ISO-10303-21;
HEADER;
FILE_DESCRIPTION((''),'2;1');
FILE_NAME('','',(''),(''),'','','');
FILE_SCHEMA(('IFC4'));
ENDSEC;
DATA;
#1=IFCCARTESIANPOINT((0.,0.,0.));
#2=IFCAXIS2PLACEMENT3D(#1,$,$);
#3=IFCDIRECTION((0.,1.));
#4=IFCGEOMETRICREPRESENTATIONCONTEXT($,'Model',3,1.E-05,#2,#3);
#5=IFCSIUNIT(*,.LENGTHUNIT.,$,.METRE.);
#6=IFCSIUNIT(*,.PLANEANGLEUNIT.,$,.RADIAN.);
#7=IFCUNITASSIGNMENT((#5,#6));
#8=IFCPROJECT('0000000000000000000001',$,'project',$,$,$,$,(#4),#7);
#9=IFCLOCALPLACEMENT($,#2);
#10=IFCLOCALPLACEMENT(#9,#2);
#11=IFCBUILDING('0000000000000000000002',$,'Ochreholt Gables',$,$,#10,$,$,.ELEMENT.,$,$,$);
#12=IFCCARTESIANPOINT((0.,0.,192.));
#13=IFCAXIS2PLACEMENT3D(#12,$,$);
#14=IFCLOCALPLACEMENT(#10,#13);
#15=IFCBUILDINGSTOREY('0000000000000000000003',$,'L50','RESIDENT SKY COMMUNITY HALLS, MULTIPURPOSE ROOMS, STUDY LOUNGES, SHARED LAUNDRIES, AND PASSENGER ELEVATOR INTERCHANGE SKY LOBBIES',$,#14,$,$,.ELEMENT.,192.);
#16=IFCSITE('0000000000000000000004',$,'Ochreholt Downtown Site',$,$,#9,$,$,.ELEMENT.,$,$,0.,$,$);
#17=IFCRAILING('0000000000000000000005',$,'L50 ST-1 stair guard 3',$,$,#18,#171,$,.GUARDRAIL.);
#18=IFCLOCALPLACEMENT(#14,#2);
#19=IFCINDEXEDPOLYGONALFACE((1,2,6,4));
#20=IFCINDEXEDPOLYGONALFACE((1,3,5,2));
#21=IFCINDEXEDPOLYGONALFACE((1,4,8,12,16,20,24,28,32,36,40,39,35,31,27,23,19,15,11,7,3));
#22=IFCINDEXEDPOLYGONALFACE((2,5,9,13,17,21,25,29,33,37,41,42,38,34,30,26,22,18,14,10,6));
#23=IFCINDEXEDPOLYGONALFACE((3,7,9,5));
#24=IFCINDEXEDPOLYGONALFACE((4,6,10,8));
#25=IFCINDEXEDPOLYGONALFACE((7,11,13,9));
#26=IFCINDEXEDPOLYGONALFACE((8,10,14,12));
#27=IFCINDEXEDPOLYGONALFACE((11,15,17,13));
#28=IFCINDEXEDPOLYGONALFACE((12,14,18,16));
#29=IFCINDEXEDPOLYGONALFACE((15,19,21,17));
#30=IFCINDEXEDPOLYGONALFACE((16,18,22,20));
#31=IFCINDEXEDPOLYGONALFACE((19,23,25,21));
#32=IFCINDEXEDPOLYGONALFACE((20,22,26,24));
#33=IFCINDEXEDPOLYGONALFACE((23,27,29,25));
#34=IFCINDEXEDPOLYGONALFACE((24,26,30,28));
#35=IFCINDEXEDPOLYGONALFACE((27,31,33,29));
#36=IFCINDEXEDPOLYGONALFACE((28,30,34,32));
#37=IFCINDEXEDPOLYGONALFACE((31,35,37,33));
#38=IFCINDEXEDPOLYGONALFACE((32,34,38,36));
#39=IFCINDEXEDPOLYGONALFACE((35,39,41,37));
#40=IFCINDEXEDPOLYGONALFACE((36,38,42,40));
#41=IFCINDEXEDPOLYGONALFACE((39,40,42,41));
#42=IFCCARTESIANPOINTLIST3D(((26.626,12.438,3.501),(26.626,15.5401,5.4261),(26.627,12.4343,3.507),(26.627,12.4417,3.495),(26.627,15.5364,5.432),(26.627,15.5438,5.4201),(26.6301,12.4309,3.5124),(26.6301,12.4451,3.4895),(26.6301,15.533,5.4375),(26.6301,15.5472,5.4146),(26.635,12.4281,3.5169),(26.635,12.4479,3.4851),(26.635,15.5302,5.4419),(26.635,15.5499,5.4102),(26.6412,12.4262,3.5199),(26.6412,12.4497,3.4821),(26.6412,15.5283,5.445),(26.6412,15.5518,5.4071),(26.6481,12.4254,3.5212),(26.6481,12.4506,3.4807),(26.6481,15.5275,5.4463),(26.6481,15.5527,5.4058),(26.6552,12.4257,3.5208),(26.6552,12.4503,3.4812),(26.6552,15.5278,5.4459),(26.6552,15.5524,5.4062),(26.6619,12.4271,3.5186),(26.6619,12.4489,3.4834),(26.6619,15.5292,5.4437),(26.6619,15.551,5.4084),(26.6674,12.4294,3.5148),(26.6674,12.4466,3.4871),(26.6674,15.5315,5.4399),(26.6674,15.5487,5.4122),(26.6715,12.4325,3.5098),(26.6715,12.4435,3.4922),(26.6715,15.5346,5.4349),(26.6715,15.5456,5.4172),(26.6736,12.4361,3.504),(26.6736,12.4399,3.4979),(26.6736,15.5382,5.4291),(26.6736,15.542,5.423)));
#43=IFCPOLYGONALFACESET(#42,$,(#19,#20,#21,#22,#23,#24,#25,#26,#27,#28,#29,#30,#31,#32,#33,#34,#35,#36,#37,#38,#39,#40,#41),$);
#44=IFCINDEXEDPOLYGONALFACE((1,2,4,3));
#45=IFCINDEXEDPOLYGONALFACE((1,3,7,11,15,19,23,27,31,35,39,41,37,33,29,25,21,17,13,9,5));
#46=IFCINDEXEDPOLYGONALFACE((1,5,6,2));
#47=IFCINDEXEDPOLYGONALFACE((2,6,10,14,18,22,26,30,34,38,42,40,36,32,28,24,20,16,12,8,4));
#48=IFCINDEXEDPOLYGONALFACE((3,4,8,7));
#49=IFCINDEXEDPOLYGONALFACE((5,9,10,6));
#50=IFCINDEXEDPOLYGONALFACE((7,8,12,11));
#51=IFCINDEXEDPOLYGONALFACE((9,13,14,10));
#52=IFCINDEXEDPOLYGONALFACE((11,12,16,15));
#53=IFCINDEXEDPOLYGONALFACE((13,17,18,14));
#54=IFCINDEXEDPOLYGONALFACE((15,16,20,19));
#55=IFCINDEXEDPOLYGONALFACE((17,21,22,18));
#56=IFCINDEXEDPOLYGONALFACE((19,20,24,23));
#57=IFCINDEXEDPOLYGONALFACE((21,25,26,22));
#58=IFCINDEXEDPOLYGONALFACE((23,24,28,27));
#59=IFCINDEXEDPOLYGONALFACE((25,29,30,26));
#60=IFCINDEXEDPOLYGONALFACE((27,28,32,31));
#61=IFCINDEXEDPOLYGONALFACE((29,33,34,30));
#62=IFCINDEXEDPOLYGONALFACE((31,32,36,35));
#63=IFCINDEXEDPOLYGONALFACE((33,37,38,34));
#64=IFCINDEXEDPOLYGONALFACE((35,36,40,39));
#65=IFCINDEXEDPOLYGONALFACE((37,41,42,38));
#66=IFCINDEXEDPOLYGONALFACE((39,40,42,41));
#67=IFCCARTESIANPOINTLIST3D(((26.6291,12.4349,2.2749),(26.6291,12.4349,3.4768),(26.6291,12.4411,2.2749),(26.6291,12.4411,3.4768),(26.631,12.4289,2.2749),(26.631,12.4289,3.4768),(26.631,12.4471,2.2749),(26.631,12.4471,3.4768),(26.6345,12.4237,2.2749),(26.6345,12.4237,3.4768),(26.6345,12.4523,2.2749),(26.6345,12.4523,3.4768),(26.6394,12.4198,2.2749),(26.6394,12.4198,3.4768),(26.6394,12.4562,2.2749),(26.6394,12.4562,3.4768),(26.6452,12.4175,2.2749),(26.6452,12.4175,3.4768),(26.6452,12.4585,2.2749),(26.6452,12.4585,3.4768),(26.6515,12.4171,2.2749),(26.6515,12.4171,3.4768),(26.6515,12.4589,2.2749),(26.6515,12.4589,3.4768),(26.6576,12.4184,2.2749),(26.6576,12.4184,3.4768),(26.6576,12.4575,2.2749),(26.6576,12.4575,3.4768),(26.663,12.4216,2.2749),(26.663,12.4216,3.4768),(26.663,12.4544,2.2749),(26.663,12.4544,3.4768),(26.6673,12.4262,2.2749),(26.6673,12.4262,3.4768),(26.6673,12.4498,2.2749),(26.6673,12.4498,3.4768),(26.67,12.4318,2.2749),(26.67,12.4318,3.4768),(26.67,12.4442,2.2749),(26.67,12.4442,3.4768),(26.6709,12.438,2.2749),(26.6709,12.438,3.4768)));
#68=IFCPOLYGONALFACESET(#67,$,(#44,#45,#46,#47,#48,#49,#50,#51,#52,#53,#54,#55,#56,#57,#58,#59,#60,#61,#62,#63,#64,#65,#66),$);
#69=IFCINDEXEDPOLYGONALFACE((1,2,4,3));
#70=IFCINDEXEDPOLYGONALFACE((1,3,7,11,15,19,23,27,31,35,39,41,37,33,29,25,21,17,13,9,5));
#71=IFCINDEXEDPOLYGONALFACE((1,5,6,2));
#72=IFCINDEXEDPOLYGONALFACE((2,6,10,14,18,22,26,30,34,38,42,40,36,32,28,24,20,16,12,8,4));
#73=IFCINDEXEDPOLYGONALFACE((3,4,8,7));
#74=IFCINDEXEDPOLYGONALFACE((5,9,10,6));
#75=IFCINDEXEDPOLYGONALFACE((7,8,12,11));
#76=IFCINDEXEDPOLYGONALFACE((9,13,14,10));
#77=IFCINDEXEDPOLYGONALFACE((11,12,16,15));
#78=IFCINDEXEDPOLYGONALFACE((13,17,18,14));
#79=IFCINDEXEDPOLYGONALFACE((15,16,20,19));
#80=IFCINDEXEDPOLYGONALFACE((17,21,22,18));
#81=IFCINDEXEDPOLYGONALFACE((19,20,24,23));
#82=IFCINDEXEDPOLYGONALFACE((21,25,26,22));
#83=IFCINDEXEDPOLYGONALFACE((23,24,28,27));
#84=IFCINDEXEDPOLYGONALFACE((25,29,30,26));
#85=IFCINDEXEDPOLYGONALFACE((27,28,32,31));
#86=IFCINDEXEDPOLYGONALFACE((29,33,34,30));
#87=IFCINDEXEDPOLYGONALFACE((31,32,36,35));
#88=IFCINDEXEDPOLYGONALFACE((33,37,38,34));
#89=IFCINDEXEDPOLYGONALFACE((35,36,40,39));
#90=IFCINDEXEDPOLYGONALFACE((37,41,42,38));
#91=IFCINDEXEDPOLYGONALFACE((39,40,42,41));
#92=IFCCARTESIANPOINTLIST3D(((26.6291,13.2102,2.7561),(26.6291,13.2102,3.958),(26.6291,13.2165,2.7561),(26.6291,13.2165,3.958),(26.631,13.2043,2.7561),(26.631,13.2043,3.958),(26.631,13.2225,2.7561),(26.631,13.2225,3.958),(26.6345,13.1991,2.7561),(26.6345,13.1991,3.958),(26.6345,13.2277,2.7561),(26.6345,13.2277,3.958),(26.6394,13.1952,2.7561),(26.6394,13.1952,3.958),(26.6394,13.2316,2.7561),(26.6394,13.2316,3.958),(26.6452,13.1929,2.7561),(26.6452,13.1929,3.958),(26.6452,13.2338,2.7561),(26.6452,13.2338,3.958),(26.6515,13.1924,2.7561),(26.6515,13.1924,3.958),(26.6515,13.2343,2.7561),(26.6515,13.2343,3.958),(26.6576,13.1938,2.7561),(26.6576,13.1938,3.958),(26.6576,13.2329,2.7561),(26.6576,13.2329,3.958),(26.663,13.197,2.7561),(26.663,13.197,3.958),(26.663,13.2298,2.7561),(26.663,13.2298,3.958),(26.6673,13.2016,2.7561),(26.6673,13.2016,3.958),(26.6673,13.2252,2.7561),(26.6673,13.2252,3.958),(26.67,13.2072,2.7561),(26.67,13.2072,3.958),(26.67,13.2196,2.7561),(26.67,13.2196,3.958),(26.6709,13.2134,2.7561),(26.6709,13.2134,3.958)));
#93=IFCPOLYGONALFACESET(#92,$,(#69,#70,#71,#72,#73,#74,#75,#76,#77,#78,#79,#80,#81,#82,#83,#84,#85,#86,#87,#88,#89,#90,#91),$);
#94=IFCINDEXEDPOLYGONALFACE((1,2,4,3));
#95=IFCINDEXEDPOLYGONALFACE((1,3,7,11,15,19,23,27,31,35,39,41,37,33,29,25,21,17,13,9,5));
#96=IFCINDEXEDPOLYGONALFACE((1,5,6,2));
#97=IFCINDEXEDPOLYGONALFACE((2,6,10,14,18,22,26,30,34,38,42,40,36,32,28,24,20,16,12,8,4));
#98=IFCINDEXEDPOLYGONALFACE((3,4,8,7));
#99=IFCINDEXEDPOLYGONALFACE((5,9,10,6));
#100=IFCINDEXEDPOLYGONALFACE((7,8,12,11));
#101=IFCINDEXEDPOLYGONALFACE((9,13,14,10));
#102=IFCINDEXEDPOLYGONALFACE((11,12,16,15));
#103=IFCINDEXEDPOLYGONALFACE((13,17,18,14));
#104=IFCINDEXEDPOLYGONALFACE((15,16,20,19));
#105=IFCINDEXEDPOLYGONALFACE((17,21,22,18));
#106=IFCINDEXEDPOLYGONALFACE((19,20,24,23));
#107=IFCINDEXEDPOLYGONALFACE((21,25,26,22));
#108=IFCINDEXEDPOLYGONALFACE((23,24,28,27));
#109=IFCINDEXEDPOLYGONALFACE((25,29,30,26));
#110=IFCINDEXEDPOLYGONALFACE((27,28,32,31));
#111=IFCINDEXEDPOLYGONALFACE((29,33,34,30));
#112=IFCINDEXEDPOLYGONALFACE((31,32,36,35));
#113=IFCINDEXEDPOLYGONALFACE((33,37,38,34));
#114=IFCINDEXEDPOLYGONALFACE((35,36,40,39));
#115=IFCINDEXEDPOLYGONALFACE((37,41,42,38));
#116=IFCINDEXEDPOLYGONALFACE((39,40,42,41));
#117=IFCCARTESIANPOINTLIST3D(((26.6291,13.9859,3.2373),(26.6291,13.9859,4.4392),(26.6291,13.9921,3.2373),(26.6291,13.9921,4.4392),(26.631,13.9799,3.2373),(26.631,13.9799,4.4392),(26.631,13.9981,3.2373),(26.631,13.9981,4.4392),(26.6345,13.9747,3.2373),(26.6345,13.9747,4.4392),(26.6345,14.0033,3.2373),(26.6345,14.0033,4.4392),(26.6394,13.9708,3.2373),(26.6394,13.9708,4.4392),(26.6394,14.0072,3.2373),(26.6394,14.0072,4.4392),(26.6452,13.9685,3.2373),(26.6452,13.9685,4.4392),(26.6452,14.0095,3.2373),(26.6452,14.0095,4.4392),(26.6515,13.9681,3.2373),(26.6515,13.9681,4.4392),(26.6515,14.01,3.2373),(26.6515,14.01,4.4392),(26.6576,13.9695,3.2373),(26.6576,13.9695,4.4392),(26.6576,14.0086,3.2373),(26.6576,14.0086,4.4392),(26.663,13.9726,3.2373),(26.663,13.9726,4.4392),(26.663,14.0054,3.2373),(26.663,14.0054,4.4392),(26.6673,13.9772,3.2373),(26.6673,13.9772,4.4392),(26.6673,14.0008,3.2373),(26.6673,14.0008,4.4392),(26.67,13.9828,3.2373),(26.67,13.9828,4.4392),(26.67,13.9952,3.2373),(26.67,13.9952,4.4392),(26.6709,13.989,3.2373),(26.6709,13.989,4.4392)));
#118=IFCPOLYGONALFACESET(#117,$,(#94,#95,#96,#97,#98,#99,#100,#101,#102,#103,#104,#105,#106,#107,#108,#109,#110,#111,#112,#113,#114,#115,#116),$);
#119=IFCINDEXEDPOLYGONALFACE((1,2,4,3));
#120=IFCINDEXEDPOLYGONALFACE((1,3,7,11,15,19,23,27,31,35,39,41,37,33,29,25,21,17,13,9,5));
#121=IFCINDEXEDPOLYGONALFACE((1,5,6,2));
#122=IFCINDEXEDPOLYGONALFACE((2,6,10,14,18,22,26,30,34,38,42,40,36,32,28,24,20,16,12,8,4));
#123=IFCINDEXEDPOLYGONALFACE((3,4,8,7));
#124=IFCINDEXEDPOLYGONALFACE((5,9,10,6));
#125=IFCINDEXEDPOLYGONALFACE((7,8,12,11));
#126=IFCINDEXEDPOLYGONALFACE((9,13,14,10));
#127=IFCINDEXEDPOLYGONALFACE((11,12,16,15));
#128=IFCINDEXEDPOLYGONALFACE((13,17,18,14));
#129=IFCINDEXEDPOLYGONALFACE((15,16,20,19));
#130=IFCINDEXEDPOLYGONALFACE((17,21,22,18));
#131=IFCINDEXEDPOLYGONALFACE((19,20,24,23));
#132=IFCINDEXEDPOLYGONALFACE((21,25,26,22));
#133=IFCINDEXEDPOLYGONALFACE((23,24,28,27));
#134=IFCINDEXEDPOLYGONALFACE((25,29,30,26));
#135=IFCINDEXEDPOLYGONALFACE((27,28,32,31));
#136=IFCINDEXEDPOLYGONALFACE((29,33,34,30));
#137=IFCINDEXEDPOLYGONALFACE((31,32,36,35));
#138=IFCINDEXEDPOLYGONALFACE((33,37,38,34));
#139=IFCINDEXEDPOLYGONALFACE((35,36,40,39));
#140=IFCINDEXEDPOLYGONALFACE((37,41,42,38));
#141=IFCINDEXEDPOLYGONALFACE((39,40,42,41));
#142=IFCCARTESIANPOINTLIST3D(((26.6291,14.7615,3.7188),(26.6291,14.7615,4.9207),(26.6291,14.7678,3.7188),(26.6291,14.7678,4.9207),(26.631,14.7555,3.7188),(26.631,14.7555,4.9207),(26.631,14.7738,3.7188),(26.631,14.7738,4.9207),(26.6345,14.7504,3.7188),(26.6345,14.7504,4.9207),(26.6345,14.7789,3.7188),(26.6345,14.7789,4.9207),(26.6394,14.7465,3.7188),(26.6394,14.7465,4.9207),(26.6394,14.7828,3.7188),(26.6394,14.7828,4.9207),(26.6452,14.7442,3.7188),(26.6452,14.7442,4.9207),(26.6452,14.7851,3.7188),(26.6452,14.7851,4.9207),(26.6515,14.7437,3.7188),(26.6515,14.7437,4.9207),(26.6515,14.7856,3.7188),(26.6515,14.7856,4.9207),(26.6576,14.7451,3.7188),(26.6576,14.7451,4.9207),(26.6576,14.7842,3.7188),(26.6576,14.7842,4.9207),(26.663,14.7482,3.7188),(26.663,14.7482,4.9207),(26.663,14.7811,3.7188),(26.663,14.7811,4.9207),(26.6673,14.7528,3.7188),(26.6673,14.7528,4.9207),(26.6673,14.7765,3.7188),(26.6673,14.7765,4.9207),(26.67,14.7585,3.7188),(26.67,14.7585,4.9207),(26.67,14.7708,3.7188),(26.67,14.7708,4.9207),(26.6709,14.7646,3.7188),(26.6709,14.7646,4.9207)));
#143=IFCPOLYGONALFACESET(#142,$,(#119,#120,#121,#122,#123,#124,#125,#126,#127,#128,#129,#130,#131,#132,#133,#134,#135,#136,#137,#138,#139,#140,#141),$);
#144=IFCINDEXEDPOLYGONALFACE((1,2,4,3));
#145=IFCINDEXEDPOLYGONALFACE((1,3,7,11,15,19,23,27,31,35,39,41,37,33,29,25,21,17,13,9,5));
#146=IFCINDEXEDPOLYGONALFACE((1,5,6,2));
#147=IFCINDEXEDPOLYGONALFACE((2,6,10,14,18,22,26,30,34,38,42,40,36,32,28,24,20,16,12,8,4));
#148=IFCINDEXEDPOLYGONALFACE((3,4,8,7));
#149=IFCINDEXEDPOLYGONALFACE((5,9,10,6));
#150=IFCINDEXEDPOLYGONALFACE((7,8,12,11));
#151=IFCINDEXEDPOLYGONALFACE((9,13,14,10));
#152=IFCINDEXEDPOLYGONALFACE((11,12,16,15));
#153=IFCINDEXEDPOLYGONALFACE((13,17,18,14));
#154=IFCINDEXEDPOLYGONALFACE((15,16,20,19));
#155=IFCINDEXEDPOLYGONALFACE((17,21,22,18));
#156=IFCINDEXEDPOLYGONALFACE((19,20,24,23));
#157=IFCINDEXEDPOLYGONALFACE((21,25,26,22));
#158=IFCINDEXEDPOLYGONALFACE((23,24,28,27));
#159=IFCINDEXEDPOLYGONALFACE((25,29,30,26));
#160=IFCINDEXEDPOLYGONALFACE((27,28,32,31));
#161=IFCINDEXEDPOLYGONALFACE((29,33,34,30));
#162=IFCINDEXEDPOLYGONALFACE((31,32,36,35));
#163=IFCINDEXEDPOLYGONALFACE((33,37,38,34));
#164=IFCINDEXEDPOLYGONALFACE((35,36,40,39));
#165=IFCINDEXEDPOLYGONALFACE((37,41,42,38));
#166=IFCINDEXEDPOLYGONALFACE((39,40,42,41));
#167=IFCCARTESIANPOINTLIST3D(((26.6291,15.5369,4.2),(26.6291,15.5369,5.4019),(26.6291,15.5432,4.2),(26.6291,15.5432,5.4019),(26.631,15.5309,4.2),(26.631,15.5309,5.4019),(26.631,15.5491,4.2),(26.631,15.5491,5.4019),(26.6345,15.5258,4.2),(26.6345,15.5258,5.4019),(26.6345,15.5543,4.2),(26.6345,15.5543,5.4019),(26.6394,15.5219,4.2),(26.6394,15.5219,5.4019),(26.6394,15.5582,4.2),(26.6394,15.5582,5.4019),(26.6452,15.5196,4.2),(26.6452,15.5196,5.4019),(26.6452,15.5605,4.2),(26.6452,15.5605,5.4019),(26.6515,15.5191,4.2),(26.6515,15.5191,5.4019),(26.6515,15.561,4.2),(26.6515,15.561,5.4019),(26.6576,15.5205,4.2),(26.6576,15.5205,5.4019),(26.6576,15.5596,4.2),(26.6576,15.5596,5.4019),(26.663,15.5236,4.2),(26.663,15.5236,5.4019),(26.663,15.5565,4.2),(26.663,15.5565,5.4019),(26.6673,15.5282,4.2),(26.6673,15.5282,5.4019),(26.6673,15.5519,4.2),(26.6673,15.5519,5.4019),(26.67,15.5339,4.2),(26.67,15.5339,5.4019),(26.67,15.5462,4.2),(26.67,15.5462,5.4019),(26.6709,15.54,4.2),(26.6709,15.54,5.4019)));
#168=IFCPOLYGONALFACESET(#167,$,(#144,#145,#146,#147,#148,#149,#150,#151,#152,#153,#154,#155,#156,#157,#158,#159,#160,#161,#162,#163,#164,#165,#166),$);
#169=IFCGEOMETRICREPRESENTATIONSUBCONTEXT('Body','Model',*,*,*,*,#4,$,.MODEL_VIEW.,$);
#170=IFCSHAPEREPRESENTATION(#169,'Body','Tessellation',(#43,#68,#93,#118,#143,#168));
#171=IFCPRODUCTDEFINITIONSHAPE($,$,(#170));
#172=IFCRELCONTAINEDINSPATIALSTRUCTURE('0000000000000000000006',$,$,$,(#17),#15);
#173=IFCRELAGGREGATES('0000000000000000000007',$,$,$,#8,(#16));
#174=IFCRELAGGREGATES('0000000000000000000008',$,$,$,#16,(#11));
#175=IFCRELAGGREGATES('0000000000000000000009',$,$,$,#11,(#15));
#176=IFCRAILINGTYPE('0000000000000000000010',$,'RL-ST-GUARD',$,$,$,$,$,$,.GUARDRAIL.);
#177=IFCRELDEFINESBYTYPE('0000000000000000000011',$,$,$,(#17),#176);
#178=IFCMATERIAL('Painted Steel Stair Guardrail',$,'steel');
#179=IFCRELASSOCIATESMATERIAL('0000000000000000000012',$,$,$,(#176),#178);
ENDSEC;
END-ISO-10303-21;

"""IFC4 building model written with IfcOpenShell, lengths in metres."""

from ifc_helpers import new_model, si_unit, direction, frame, origin, origin_2d, place, context, subcontext, project, spatial, circle, extrude, material, type_object, element, save


model = new_model("IFC4")

# Units and contexts
model_context = context("Model", 3, precision=1e-05, world=origin(), true_north=direction((0.0, 1.0)))
body_context = subcontext(model_context, "Body", "Model", "MODEL_VIEW")
ifc_project = project(units=[si_unit("LENGTHUNIT", "METRE"), si_unit("PLANEANGLEUNIT", "RADIAN")], contexts=[model_context])

# Site, building, storey
site_placement = place(None, origin())
site = spatial("IfcSite", under=ifc_project, at=site_placement, Name="Ochreholt Downtown Site", CompositionType="ELEMENT", RefElevation=0.0)
building_placement = place(site_placement, origin())
building = spatial("IfcBuilding", under=site, at=building_placement, Name="Ochreholt Gables", CompositionType="ELEMENT")
storey_placement = place(building_placement, frame((0.0, 0.0, 192.0)))
storey = spatial("IfcBuildingStorey", under=building, at=storey_placement, Name="L50", Description="RESIDENT SKY COMMUNITY HALLS, MULTIPURPOSE ROOMS, STUDY LOUNGES, SHARED LAUNDRIES, AND PASSENGER ELEVATOR INTERCHANGE SKY LOBBIES", CompositionType="ELEMENT", Elevation=192.0)

# Railing
ifc_material_1 = material(Name="Painted Steel Stair Guardrail", Category="steel")
railing_type_1 = type_object("IfcRailingType", Name="RL-ST-GUARD", PredefinedType="GUARDRAIL", material=ifc_material_1)
railing_1_placement = place(storey_placement, frame((26.6499, 12.438, 2.2749)))
element("IfcRailing", 1, at=railing_1_placement, inside=storey, type_object=railing_type_1, Name="L50 ST-1 stair guard 3", PredefinedType="GUARDRAIL", context=body_context, shape_type="SweptSolid", body=[
    extrude(circle(Radius=0.0239, at=origin_2d()), frame((0.0, 0.0, 1.2261), z_axis=(0.0, 0.849685, 0.527291), x_axis=(-1.0, 0.0, 0.0)), (0.0, 0.0, 1.0), 3.6509),
    extrude(circle(Radius=0.021, at=origin_2d()), origin(), (0.0, 0.0, 1.0), 1.2019),
    extrude(circle(Radius=0.021, at=origin_2d()), frame((0.0, 0.7754, 0.4812)), (0.0, 0.0, 1.0), 1.2019),
    extrude(circle(Radius=0.021, at=origin_2d()), frame((0.0, 1.551, 0.9624)), (0.0, 0.0, 1.0), 1.2019),
    extrude(circle(Radius=0.021, at=origin_2d()), frame((0.0, 2.3267, 1.4438)), (0.0, 0.0, 1.0), 1.2019),
    extrude(circle(Radius=0.021, at=origin_2d()), frame((0.0, 3.1021, 1.925)), (0.0, 0.0, 1.0), 1.2019),
])

save(model, "model.ifc")
